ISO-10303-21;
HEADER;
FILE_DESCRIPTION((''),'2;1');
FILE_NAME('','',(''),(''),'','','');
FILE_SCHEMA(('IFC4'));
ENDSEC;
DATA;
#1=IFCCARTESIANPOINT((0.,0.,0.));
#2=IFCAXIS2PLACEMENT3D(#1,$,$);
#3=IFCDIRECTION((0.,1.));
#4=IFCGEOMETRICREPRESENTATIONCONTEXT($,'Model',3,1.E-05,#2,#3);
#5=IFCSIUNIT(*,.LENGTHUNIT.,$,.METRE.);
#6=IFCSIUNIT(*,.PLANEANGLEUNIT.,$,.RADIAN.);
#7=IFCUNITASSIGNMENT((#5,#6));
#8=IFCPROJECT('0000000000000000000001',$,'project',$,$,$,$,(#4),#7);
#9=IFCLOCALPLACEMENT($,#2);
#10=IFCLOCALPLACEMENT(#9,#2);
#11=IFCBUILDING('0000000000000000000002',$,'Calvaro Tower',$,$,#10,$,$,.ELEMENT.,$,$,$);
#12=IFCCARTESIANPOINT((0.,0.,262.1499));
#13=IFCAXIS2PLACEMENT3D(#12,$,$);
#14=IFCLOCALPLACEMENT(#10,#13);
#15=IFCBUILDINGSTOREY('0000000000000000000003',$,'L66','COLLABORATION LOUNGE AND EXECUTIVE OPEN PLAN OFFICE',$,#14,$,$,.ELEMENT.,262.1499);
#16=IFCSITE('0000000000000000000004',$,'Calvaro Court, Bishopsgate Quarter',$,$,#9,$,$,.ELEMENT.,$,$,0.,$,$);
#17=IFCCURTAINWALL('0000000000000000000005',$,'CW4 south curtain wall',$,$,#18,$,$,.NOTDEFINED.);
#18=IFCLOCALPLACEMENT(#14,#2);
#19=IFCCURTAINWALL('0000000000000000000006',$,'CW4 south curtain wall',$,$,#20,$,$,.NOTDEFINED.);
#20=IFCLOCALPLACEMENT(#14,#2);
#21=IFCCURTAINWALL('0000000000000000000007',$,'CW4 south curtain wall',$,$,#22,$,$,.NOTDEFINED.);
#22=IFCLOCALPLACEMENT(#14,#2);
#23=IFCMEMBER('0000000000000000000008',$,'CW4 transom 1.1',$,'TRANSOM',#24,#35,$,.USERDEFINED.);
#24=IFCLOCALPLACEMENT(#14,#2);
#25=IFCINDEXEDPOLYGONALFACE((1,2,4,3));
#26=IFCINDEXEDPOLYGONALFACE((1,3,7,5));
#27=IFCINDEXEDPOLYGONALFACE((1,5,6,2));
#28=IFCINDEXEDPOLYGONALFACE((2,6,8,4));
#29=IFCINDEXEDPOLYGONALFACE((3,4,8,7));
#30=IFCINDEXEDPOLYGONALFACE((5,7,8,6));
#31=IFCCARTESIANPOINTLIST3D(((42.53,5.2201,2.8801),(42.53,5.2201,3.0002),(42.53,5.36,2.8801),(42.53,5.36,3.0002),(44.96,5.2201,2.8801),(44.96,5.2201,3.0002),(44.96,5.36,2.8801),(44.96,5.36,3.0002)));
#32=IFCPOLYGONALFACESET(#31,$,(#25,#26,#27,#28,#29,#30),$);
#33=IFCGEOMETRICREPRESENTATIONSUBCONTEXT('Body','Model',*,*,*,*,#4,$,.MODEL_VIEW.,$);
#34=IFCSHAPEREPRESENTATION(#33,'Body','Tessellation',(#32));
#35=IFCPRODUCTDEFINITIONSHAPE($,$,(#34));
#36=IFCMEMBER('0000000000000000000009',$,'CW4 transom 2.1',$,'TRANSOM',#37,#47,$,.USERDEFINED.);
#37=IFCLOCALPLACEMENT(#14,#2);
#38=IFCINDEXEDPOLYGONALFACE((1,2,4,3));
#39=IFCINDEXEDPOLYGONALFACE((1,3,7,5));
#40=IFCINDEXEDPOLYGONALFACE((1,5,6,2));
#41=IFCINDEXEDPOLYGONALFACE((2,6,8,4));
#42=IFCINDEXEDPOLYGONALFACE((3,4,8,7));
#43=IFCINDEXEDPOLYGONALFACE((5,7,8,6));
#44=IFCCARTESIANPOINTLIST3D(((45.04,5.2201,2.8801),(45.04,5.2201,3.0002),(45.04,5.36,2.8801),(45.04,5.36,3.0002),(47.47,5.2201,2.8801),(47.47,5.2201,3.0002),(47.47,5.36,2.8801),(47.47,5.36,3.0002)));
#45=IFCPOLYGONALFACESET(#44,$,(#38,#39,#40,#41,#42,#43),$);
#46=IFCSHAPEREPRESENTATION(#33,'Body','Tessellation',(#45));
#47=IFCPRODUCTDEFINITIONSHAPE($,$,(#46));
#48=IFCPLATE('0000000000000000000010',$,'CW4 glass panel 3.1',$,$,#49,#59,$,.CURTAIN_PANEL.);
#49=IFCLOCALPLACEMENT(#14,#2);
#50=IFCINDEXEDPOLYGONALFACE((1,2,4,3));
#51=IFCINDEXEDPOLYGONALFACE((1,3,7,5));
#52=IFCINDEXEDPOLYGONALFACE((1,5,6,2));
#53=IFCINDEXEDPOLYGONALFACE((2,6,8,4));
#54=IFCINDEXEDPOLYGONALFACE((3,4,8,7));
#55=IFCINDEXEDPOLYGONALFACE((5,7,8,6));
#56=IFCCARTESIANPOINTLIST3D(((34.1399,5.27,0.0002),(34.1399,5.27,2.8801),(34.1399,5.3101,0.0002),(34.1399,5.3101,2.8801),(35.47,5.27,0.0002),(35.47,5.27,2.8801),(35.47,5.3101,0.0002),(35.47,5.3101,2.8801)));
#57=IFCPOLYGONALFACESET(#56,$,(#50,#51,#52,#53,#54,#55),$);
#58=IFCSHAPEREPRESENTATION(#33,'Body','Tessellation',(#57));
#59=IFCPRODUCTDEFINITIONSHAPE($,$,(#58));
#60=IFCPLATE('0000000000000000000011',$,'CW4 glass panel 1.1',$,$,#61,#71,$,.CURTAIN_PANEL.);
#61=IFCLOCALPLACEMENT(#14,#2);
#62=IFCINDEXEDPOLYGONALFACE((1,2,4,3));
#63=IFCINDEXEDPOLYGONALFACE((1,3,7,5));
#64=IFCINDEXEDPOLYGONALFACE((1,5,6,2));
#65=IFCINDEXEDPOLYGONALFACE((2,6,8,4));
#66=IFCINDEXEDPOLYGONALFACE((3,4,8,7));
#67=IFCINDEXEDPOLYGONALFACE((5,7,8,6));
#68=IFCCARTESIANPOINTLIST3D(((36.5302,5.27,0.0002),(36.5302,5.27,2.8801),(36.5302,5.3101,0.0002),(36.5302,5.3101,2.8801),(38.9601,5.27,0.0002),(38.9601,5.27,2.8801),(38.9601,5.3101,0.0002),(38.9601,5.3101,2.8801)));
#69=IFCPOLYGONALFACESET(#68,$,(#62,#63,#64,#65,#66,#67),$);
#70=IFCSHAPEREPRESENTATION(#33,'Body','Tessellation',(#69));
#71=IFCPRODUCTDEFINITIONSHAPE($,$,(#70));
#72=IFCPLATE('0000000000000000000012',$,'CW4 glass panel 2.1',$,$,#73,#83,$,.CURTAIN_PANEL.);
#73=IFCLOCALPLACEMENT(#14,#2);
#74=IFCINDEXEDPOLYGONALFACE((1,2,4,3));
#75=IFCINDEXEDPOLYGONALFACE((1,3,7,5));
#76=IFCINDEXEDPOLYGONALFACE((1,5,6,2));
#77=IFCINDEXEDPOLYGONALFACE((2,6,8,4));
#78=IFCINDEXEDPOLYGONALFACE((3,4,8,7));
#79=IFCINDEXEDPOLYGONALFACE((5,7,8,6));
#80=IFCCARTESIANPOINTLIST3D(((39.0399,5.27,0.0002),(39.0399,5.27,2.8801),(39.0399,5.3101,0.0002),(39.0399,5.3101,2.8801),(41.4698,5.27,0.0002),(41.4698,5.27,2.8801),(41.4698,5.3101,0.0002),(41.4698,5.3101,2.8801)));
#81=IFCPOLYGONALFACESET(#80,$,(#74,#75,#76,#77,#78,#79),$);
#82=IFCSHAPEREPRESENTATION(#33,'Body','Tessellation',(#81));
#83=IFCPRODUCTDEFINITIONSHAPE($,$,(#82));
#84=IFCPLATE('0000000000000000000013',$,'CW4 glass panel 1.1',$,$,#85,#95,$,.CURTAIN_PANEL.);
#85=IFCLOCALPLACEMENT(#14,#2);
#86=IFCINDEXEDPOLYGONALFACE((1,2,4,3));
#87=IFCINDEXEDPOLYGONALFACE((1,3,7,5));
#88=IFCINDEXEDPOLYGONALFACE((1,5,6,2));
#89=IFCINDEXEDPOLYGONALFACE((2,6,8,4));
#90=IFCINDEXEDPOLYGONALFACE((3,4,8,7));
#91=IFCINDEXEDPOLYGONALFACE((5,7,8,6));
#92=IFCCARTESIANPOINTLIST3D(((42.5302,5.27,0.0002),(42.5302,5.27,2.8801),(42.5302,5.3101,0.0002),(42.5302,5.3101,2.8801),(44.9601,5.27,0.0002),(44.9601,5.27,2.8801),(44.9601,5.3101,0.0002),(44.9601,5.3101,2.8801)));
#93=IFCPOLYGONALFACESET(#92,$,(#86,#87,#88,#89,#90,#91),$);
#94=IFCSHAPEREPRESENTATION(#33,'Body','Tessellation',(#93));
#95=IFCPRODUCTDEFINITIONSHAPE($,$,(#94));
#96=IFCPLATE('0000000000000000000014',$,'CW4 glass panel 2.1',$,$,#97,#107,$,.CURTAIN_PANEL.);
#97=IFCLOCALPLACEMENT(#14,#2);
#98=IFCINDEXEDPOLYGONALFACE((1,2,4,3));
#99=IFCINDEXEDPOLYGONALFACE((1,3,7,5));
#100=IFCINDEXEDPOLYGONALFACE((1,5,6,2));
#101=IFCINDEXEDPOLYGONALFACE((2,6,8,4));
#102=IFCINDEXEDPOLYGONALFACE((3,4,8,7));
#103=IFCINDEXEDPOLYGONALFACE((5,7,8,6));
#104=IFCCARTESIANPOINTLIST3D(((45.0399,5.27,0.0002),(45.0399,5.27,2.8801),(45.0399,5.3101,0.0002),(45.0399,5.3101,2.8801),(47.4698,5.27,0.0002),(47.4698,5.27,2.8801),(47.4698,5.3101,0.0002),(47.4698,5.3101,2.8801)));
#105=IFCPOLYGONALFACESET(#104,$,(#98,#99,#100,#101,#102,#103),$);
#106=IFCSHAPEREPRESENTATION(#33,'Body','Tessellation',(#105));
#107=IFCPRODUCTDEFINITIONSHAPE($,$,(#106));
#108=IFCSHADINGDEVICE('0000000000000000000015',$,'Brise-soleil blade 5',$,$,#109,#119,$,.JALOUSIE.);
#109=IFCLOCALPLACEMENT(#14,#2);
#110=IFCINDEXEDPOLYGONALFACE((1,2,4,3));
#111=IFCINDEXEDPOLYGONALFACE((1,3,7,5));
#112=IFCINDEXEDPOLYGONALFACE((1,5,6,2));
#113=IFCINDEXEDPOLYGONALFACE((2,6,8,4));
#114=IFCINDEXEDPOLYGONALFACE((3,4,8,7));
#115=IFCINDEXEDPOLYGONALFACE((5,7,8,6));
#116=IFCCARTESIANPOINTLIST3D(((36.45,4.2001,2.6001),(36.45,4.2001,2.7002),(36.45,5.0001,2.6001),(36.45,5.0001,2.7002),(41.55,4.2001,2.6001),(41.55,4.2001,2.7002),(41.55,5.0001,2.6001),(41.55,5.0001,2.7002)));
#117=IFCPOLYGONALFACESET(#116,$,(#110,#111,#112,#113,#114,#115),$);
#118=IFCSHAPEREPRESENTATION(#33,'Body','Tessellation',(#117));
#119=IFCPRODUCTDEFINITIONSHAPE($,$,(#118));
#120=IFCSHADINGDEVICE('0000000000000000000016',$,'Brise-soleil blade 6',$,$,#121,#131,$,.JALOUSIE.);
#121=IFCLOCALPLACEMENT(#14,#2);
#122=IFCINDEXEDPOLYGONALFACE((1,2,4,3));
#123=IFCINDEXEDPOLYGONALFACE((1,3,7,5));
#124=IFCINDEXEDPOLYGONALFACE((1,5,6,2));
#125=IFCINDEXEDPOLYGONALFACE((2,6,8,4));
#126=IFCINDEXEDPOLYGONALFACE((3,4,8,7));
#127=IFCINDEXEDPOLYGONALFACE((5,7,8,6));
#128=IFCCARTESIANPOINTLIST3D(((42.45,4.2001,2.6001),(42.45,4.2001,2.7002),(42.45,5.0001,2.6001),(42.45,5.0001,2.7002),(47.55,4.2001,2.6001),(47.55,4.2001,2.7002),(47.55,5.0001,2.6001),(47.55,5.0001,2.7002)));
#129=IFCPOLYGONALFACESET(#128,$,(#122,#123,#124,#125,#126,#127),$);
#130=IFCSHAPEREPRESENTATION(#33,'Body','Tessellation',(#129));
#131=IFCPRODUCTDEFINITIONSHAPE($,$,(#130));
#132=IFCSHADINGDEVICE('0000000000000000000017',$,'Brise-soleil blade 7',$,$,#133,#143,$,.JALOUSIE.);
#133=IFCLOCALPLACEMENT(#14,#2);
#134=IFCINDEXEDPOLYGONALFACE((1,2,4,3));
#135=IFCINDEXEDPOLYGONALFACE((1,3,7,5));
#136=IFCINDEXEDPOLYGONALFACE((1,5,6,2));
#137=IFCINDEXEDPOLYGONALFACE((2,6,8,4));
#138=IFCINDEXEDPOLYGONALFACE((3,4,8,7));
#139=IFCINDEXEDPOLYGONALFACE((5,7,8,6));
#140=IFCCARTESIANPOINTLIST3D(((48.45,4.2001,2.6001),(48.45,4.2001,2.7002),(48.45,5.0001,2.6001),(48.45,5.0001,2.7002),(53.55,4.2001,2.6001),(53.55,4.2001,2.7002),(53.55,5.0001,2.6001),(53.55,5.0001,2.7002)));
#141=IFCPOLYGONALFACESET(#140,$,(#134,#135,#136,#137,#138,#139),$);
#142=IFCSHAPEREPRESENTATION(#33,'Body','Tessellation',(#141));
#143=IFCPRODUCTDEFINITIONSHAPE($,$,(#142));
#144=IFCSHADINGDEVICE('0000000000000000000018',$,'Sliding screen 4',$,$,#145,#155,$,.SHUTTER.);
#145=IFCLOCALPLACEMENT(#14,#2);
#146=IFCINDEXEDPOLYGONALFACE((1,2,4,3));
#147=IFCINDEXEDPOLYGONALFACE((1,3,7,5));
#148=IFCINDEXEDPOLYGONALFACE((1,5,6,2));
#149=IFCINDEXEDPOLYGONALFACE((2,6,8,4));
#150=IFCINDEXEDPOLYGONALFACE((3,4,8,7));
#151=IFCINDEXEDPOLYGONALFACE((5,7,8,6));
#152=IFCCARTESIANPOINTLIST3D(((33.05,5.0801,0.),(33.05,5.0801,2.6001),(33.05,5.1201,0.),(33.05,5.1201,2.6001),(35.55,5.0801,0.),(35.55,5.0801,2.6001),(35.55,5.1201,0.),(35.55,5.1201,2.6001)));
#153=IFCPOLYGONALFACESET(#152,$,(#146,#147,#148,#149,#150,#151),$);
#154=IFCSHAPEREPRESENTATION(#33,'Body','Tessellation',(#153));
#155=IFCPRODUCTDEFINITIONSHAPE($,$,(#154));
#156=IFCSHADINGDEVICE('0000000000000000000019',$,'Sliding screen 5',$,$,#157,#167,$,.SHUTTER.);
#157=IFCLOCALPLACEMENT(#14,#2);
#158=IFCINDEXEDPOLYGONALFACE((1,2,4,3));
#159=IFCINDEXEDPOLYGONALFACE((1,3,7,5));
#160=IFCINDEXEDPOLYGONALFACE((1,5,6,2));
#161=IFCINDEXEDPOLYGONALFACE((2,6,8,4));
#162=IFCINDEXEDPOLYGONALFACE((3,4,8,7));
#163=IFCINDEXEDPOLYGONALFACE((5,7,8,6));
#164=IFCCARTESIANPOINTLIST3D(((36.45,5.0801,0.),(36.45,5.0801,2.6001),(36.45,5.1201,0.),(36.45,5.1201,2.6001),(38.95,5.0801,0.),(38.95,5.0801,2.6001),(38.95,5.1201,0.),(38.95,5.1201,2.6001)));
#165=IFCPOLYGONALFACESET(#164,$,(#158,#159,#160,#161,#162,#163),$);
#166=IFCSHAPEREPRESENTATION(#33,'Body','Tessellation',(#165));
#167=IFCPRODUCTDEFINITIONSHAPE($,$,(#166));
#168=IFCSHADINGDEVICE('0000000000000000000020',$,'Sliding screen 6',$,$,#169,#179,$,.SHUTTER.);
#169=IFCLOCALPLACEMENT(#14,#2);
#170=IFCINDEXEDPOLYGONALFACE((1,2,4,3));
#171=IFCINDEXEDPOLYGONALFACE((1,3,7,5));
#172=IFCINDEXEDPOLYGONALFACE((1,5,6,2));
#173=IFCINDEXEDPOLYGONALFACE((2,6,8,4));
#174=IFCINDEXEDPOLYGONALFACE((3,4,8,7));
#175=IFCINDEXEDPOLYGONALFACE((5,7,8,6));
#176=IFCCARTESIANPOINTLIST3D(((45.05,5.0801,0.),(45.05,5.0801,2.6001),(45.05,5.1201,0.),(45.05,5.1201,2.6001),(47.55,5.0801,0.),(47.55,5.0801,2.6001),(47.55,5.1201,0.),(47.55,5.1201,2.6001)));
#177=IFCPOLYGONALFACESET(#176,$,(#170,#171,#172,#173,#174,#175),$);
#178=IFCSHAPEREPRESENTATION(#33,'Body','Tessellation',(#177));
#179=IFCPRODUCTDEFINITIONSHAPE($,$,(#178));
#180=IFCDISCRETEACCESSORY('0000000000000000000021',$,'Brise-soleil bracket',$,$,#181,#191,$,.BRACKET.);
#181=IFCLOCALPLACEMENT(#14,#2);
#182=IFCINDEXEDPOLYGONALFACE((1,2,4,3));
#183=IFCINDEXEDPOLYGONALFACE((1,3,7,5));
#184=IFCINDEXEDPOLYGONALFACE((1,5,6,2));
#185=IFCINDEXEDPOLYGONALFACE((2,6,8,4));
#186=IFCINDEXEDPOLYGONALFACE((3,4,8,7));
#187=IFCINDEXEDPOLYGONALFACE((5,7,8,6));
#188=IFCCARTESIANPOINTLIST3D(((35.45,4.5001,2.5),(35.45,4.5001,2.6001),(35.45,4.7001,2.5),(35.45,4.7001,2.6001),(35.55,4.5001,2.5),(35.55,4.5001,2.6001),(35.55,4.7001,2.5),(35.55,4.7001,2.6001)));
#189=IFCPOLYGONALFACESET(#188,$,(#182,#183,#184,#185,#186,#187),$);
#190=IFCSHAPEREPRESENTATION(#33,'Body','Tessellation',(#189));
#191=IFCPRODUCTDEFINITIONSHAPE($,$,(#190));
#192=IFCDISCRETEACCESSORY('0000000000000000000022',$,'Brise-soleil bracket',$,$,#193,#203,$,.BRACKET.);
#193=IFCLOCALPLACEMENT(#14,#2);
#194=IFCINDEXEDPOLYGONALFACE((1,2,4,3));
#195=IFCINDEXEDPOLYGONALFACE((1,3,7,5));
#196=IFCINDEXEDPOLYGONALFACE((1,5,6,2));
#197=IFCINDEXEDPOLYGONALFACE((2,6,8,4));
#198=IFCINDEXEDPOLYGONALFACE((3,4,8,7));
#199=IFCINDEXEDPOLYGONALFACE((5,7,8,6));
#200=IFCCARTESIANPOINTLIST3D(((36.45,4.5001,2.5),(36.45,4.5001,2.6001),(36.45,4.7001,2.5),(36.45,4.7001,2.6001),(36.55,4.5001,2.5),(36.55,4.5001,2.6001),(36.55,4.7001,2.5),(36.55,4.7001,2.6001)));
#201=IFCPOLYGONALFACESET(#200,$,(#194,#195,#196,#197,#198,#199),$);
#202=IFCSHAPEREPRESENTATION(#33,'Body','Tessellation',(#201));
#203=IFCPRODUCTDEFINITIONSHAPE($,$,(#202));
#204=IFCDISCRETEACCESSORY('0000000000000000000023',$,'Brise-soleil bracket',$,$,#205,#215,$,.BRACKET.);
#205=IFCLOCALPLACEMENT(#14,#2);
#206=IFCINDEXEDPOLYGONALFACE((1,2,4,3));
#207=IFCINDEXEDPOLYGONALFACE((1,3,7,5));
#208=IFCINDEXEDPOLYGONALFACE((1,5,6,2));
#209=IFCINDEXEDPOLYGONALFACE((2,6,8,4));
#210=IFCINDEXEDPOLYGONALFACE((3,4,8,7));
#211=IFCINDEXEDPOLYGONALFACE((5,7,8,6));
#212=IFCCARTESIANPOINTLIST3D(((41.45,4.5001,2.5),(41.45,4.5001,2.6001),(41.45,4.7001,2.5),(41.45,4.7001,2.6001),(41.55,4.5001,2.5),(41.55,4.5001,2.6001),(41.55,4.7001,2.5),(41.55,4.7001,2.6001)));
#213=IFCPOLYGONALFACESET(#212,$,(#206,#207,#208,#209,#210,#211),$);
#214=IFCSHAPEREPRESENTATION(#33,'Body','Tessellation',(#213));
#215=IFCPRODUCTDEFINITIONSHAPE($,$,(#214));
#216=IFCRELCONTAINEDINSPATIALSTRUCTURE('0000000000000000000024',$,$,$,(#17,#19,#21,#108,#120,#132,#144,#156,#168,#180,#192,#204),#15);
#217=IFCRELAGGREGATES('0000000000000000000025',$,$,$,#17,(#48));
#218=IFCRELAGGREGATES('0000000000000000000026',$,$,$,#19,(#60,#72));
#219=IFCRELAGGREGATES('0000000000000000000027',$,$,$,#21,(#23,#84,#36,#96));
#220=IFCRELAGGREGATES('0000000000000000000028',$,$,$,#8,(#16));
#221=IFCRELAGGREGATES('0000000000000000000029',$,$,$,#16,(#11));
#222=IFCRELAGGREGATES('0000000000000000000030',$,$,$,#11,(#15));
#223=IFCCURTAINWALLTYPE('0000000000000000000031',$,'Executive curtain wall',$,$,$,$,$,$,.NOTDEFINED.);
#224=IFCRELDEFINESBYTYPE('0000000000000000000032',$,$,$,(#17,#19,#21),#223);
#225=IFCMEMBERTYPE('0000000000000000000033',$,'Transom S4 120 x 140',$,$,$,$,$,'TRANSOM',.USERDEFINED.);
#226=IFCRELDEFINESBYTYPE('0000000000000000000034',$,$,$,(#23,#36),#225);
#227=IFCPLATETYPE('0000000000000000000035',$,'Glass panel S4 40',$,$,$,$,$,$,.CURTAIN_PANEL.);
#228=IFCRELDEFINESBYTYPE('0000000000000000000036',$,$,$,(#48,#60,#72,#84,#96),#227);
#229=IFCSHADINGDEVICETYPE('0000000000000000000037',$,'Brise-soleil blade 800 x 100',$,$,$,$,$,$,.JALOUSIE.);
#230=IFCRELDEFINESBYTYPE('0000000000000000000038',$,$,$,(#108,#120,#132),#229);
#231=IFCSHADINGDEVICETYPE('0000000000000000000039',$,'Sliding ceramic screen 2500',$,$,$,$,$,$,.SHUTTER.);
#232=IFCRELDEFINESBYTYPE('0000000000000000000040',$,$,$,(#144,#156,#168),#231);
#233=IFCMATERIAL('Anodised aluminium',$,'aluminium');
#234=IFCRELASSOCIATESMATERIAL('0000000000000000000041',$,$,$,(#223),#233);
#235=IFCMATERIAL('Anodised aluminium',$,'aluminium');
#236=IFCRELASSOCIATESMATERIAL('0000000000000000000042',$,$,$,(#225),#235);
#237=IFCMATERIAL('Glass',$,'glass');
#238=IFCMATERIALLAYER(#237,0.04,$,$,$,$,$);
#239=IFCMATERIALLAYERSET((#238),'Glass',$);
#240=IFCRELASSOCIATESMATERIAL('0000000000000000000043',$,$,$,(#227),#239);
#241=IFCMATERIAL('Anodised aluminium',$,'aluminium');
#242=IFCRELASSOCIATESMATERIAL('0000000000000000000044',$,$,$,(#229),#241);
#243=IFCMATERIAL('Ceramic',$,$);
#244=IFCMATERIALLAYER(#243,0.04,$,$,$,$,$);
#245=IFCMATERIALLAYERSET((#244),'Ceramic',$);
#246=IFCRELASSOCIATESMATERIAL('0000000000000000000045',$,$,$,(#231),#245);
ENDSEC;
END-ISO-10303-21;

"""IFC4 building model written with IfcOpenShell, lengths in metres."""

from ifc_helpers import new_model, si_unit, direction, frame, origin, origin_2d, place, context, subcontext, project, spatial, rectangle, extrude, material, layer, layer_set, material_profile, profile_set, type_object, element, aggregate, save


model = new_model("IFC4")

# Units and contexts
model_context = context("Model", 3, precision=1e-05, world=origin(), true_north=direction((0.0, 1.0)))
body_context = subcontext(model_context, "Body", "Model", "MODEL_VIEW")
ifc_project = project(units=[si_unit("LENGTHUNIT", "METRE"), si_unit("PLANEANGLEUNIT", "RADIAN")], contexts=[model_context])

# Site, building, storey
site_placement = place(None, origin())
site = spatial("IfcSite", under=ifc_project, at=site_placement, Name="Calvaro Court, Bishopsgate Quarter", CompositionType="ELEMENT", RefElevation=0.0)
building_placement = place(site_placement, origin())
building = spatial("IfcBuilding", under=site, at=building_placement, Name="Calvaro Tower", CompositionType="ELEMENT")
storey_placement = place(building_placement, frame((0.0, 0.0, 262.1499)))
storey = spatial("IfcBuildingStorey", under=building, at=storey_placement, Name="L66", Description="COLLABORATION LOUNGE AND EXECUTIVE OPEN PLAN OFFICE", CompositionType="ELEMENT", Elevation=262.1499)

# Curtain wall
ifc_material_1 = material(Name="Anodised aluminium", Category="aluminium")
curtain_wall_type = type_object("IfcCurtainWallType", Name="Executive curtain wall", PredefinedType="NOTDEFINED", material=ifc_material_1)
curtain_wall_1_placement = place(storey_placement, origin())
curtain_wall_1 = element("IfcCurtainWall", 1, at=curtain_wall_1_placement, inside=storey, type_object=curtain_wall_type, Name="CW4 south curtain wall", PredefinedType="NOTDEFINED")

# Curtain walls
curtain_wall_2_placement = place(storey_placement, origin())
curtain_wall_2 = element("IfcCurtainWall", 2, at=curtain_wall_2_placement, inside=storey, type_object=curtain_wall_type, Name="CW4 south curtain wall", PredefinedType="NOTDEFINED")
curtain_wall_3_placement = place(storey_placement, origin())
curtain_wall_3 = element("IfcCurtainWall", 3, at=curtain_wall_3_placement, inside=storey, type_object=curtain_wall_type, Name="CW4 south curtain wall", PredefinedType="NOTDEFINED")

# Members
ifc_material_2 = material(Name="Anodised aluminium", Category="aluminium")
ifc_material_profile_1 = material_profile(ifc_material_2, rectangle(XDim=0.1399, YDim=0.1201, at=origin_2d()), Name="Transom S4 120 x 140")
ifc_profile_set_1 = profile_set([ifc_material_profile_1], Name="Anodised aluminium")
member_type_1 = type_object("IfcMemberType", Name="Transom S4 120 x 140", ElementType="TRANSOM", PredefinedType="USERDEFINED", material=ifc_profile_set_1)
member_1_placement = place(storey_placement, frame((42.53, 5.29, 2.9402), z_axis=(1.0, 0.0, 0.0), x_axis=(0.0, 1.0, 0.0)))
member_1 = element("IfcMember", 4, at=member_1_placement, type_object=member_type_1, Name="CW4 transom 1.1", ObjectType="TRANSOM", PredefinedType="USERDEFINED", context=body_context, shape_type="SweptSolid", body=[
    extrude(rectangle(XDim=0.1399, YDim=0.1201, at=origin_2d()), origin(), (0.0, 0.0, 1.0), 2.4299),
])
member_2_placement = place(storey_placement, frame((45.04, 5.29, 2.9402), z_axis=(1.0, 0.0, 0.0), x_axis=(0.0, 1.0, 0.0)))
member_2 = element("IfcMember", 5, at=member_2_placement, type_object=member_type_1, Name="CW4 transom 2.1", ObjectType="TRANSOM", PredefinedType="USERDEFINED", context=body_context, shape_type="SweptSolid", body=[
    extrude(rectangle(XDim=0.1399, YDim=0.1201, at=origin_2d()), origin(), (0.0, 0.0, 1.0), 2.4299),
])

# Plates
ifc_material_3 = material(Name="Glass", Category="glass")
ifc_layer_1 = layer(ifc_material_3, 0.04)
ifc_layer_set_1 = layer_set([ifc_layer_1], Name="Glass")
plate_type = type_object("IfcPlateType", Name="Glass panel S4 40", PredefinedType="CURTAIN_PANEL", material=ifc_layer_set_1)
plate_1_placement = place(storey_placement, frame((34.8049, 5.29, 0.0002), z_axis=(0.0, 0.0, 1.0), x_axis=(1.0, 0.0, 0.0)))
plate_1 = element("IfcPlate", 6, at=plate_1_placement, type_object=plate_type, Name="CW4 glass panel 3.1", PredefinedType="CURTAIN_PANEL", context=body_context, shape_type="SweptSolid", body=[
    extrude(rectangle(XDim=1.3301, YDim=0.04, at=origin_2d()), origin(), (0.0, 0.0, 1.0), 2.8799),
])
aggregate(curtain_wall_1, [plate_1])
plate_2_placement = place(storey_placement, frame((37.7451, 5.29, 0.0002), z_axis=(0.0, 0.0, 1.0), x_axis=(1.0, 0.0, 0.0)))
plate_2 = element("IfcPlate", 7, at=plate_2_placement, type_object=plate_type, Name="CW4 glass panel 1.1", PredefinedType="CURTAIN_PANEL", context=body_context, shape_type="SweptSolid", body=[
    extrude(rectangle(XDim=2.4299, YDim=0.04, at=origin_2d()), origin(), (0.0, 0.0, 1.0), 2.8799),
])
plate_3_placement = place(storey_placement, frame((40.2549, 5.29, 0.0002), z_axis=(0.0, 0.0, 1.0), x_axis=(1.0, 0.0, 0.0)))
plate_3 = element("IfcPlate", 8, at=plate_3_placement, type_object=plate_type, Name="CW4 glass panel 2.1", PredefinedType="CURTAIN_PANEL", context=body_context, shape_type="SweptSolid", body=[
    extrude(rectangle(XDim=2.4299, YDim=0.04, at=origin_2d()), origin(), (0.0, 0.0, 1.0), 2.8799),
])
aggregate(curtain_wall_2, [plate_2, plate_3])
plate_4_placement = place(storey_placement, frame((43.7451, 5.29, 0.0002), z_axis=(0.0, 0.0, 1.0), x_axis=(1.0, 0.0, 0.0)))
plate_4 = element("IfcPlate", 9, at=plate_4_placement, type_object=plate_type, Name="CW4 glass panel 1.1", PredefinedType="CURTAIN_PANEL", context=body_context, shape_type="SweptSolid", body=[
    extrude(rectangle(XDim=2.4299, YDim=0.04, at=origin_2d()), origin(), (0.0, 0.0, 1.0), 2.8799),
])
plate_5_placement = place(storey_placement, frame((46.2549, 5.29, 0.0002), z_axis=(0.0, 0.0, 1.0), x_axis=(1.0, 0.0, 0.0)))
plate_5 = element("IfcPlate", 10, at=plate_5_placement, type_object=plate_type, Name="CW4 glass panel 2.1", PredefinedType="CURTAIN_PANEL", context=body_context, shape_type="SweptSolid", body=[
    extrude(rectangle(XDim=2.4299, YDim=0.04, at=origin_2d()), origin(), (0.0, 0.0, 1.0), 2.8799),
])
aggregate(curtain_wall_3, [member_1, plate_4, member_2, plate_5])

# Shading devices
ifc_material_4 = material(Name="Anodised aluminium", Category="aluminium")
ifc_material_profile_2 = material_profile(ifc_material_4, rectangle(XDim=0.8, YDim=0.1001, at=origin_2d()), Name="Brise-soleil blade 800 x 100")
ifc_profile_set_2 = profile_set([ifc_material_profile_2], Name="Anodised aluminium")
shading_device_type_1 = type_object("IfcShadingDeviceType", Name="Brise-soleil blade 800 x 100", PredefinedType="JALOUSIE", material=ifc_profile_set_2)
for number, where, z_axis, x_axis, name in (
    (11, (36.45, 4.6001, 2.6501), (1.0, 0.0, 0.0), (0.0, 1.0, 0.0), "Brise-soleil blade 5"),
    (12, (42.45, 4.6001, 2.6501), (1.0, 0.0, 0.0), (0.0, 1.0, 0.0), "Brise-soleil blade 6"),
    (13, (48.45, 4.6001, 2.6501), (1.0, 0.0, 0.0), (0.0, 1.0, 0.0), "Brise-soleil blade 7"),
):
    element("IfcShadingDevice", number, at=place(storey_placement, frame(where, z_axis=z_axis, x_axis=x_axis)), inside=storey, type_object=shading_device_type_1, Name=name, PredefinedType="JALOUSIE", context=body_context, shape_type="SweptSolid", body=[
        extrude(rectangle(XDim=0.8, YDim=0.1001, at=origin_2d()), origin(), (0.0, 0.0, 1.0), 5.1001),
    ])
ifc_material_5 = material(Name="Ceramic")
ifc_layer_2 = layer(ifc_material_5, 0.04)
ifc_layer_set_2 = layer_set([ifc_layer_2], Name="Ceramic")
shading_device_type_2 = type_object("IfcShadingDeviceType", Name="Sliding ceramic screen 2500", PredefinedType="SHUTTER", material=ifc_layer_set_2)
for number, where, z_axis, x_axis, name in (
    (14, (34.3, 5.1001, 0.0), (0.0, 0.0, 1.0), (1.0, 0.0, 0.0), "Sliding screen 4"),
    (15, (37.7, 5.1001, 0.0), (0.0, 0.0, 1.0), (1.0, 0.0, 0.0), "Sliding screen 5"),
    (16, (46.3, 5.1001, 0.0), (0.0, 0.0, 1.0), (1.0, 0.0, 0.0), "Sliding screen 6"),
):
    element("IfcShadingDevice", number, at=place(storey_placement, frame(where, z_axis=z_axis, x_axis=x_axis)), inside=storey, type_object=shading_device_type_2, Name=name, PredefinedType="SHUTTER", context=body_context, shape_type="SweptSolid", body=[
        extrude(rectangle(XDim=2.5, YDim=0.04, at=origin_2d()), origin(), (0.0, 0.0, 1.0), 2.6001),
    ])

# Discrete accessories
for number, where, z_axis, x_axis, name in (
    (17, (35.5, 4.6001, 2.5), (0.0, 0.0, 1.0), (1.0, 0.0, 0.0), "Brise-soleil bracket"),
    (18, (36.5, 4.6001, 2.5), (0.0, 0.0, 1.0), (1.0, 0.0, 0.0), "Brise-soleil bracket"),
    (19, (41.5, 4.6001, 2.5), (0.0, 0.0, 1.0), (1.0, 0.0, 0.0), "Brise-soleil bracket"),
):
    element("IfcDiscreteAccessory", number, at=place(storey_placement, frame(where, z_axis=z_axis, x_axis=x_axis)), inside=storey, Name=name, PredefinedType="BRACKET", context=body_context, shape_type="SweptSolid", body=[
        extrude(rectangle(XDim=0.1001, YDim=0.2, at=origin_2d()), origin(), (0.0, 0.0, 1.0), 0.1001),
    ])

save(model, "model.ifc")
